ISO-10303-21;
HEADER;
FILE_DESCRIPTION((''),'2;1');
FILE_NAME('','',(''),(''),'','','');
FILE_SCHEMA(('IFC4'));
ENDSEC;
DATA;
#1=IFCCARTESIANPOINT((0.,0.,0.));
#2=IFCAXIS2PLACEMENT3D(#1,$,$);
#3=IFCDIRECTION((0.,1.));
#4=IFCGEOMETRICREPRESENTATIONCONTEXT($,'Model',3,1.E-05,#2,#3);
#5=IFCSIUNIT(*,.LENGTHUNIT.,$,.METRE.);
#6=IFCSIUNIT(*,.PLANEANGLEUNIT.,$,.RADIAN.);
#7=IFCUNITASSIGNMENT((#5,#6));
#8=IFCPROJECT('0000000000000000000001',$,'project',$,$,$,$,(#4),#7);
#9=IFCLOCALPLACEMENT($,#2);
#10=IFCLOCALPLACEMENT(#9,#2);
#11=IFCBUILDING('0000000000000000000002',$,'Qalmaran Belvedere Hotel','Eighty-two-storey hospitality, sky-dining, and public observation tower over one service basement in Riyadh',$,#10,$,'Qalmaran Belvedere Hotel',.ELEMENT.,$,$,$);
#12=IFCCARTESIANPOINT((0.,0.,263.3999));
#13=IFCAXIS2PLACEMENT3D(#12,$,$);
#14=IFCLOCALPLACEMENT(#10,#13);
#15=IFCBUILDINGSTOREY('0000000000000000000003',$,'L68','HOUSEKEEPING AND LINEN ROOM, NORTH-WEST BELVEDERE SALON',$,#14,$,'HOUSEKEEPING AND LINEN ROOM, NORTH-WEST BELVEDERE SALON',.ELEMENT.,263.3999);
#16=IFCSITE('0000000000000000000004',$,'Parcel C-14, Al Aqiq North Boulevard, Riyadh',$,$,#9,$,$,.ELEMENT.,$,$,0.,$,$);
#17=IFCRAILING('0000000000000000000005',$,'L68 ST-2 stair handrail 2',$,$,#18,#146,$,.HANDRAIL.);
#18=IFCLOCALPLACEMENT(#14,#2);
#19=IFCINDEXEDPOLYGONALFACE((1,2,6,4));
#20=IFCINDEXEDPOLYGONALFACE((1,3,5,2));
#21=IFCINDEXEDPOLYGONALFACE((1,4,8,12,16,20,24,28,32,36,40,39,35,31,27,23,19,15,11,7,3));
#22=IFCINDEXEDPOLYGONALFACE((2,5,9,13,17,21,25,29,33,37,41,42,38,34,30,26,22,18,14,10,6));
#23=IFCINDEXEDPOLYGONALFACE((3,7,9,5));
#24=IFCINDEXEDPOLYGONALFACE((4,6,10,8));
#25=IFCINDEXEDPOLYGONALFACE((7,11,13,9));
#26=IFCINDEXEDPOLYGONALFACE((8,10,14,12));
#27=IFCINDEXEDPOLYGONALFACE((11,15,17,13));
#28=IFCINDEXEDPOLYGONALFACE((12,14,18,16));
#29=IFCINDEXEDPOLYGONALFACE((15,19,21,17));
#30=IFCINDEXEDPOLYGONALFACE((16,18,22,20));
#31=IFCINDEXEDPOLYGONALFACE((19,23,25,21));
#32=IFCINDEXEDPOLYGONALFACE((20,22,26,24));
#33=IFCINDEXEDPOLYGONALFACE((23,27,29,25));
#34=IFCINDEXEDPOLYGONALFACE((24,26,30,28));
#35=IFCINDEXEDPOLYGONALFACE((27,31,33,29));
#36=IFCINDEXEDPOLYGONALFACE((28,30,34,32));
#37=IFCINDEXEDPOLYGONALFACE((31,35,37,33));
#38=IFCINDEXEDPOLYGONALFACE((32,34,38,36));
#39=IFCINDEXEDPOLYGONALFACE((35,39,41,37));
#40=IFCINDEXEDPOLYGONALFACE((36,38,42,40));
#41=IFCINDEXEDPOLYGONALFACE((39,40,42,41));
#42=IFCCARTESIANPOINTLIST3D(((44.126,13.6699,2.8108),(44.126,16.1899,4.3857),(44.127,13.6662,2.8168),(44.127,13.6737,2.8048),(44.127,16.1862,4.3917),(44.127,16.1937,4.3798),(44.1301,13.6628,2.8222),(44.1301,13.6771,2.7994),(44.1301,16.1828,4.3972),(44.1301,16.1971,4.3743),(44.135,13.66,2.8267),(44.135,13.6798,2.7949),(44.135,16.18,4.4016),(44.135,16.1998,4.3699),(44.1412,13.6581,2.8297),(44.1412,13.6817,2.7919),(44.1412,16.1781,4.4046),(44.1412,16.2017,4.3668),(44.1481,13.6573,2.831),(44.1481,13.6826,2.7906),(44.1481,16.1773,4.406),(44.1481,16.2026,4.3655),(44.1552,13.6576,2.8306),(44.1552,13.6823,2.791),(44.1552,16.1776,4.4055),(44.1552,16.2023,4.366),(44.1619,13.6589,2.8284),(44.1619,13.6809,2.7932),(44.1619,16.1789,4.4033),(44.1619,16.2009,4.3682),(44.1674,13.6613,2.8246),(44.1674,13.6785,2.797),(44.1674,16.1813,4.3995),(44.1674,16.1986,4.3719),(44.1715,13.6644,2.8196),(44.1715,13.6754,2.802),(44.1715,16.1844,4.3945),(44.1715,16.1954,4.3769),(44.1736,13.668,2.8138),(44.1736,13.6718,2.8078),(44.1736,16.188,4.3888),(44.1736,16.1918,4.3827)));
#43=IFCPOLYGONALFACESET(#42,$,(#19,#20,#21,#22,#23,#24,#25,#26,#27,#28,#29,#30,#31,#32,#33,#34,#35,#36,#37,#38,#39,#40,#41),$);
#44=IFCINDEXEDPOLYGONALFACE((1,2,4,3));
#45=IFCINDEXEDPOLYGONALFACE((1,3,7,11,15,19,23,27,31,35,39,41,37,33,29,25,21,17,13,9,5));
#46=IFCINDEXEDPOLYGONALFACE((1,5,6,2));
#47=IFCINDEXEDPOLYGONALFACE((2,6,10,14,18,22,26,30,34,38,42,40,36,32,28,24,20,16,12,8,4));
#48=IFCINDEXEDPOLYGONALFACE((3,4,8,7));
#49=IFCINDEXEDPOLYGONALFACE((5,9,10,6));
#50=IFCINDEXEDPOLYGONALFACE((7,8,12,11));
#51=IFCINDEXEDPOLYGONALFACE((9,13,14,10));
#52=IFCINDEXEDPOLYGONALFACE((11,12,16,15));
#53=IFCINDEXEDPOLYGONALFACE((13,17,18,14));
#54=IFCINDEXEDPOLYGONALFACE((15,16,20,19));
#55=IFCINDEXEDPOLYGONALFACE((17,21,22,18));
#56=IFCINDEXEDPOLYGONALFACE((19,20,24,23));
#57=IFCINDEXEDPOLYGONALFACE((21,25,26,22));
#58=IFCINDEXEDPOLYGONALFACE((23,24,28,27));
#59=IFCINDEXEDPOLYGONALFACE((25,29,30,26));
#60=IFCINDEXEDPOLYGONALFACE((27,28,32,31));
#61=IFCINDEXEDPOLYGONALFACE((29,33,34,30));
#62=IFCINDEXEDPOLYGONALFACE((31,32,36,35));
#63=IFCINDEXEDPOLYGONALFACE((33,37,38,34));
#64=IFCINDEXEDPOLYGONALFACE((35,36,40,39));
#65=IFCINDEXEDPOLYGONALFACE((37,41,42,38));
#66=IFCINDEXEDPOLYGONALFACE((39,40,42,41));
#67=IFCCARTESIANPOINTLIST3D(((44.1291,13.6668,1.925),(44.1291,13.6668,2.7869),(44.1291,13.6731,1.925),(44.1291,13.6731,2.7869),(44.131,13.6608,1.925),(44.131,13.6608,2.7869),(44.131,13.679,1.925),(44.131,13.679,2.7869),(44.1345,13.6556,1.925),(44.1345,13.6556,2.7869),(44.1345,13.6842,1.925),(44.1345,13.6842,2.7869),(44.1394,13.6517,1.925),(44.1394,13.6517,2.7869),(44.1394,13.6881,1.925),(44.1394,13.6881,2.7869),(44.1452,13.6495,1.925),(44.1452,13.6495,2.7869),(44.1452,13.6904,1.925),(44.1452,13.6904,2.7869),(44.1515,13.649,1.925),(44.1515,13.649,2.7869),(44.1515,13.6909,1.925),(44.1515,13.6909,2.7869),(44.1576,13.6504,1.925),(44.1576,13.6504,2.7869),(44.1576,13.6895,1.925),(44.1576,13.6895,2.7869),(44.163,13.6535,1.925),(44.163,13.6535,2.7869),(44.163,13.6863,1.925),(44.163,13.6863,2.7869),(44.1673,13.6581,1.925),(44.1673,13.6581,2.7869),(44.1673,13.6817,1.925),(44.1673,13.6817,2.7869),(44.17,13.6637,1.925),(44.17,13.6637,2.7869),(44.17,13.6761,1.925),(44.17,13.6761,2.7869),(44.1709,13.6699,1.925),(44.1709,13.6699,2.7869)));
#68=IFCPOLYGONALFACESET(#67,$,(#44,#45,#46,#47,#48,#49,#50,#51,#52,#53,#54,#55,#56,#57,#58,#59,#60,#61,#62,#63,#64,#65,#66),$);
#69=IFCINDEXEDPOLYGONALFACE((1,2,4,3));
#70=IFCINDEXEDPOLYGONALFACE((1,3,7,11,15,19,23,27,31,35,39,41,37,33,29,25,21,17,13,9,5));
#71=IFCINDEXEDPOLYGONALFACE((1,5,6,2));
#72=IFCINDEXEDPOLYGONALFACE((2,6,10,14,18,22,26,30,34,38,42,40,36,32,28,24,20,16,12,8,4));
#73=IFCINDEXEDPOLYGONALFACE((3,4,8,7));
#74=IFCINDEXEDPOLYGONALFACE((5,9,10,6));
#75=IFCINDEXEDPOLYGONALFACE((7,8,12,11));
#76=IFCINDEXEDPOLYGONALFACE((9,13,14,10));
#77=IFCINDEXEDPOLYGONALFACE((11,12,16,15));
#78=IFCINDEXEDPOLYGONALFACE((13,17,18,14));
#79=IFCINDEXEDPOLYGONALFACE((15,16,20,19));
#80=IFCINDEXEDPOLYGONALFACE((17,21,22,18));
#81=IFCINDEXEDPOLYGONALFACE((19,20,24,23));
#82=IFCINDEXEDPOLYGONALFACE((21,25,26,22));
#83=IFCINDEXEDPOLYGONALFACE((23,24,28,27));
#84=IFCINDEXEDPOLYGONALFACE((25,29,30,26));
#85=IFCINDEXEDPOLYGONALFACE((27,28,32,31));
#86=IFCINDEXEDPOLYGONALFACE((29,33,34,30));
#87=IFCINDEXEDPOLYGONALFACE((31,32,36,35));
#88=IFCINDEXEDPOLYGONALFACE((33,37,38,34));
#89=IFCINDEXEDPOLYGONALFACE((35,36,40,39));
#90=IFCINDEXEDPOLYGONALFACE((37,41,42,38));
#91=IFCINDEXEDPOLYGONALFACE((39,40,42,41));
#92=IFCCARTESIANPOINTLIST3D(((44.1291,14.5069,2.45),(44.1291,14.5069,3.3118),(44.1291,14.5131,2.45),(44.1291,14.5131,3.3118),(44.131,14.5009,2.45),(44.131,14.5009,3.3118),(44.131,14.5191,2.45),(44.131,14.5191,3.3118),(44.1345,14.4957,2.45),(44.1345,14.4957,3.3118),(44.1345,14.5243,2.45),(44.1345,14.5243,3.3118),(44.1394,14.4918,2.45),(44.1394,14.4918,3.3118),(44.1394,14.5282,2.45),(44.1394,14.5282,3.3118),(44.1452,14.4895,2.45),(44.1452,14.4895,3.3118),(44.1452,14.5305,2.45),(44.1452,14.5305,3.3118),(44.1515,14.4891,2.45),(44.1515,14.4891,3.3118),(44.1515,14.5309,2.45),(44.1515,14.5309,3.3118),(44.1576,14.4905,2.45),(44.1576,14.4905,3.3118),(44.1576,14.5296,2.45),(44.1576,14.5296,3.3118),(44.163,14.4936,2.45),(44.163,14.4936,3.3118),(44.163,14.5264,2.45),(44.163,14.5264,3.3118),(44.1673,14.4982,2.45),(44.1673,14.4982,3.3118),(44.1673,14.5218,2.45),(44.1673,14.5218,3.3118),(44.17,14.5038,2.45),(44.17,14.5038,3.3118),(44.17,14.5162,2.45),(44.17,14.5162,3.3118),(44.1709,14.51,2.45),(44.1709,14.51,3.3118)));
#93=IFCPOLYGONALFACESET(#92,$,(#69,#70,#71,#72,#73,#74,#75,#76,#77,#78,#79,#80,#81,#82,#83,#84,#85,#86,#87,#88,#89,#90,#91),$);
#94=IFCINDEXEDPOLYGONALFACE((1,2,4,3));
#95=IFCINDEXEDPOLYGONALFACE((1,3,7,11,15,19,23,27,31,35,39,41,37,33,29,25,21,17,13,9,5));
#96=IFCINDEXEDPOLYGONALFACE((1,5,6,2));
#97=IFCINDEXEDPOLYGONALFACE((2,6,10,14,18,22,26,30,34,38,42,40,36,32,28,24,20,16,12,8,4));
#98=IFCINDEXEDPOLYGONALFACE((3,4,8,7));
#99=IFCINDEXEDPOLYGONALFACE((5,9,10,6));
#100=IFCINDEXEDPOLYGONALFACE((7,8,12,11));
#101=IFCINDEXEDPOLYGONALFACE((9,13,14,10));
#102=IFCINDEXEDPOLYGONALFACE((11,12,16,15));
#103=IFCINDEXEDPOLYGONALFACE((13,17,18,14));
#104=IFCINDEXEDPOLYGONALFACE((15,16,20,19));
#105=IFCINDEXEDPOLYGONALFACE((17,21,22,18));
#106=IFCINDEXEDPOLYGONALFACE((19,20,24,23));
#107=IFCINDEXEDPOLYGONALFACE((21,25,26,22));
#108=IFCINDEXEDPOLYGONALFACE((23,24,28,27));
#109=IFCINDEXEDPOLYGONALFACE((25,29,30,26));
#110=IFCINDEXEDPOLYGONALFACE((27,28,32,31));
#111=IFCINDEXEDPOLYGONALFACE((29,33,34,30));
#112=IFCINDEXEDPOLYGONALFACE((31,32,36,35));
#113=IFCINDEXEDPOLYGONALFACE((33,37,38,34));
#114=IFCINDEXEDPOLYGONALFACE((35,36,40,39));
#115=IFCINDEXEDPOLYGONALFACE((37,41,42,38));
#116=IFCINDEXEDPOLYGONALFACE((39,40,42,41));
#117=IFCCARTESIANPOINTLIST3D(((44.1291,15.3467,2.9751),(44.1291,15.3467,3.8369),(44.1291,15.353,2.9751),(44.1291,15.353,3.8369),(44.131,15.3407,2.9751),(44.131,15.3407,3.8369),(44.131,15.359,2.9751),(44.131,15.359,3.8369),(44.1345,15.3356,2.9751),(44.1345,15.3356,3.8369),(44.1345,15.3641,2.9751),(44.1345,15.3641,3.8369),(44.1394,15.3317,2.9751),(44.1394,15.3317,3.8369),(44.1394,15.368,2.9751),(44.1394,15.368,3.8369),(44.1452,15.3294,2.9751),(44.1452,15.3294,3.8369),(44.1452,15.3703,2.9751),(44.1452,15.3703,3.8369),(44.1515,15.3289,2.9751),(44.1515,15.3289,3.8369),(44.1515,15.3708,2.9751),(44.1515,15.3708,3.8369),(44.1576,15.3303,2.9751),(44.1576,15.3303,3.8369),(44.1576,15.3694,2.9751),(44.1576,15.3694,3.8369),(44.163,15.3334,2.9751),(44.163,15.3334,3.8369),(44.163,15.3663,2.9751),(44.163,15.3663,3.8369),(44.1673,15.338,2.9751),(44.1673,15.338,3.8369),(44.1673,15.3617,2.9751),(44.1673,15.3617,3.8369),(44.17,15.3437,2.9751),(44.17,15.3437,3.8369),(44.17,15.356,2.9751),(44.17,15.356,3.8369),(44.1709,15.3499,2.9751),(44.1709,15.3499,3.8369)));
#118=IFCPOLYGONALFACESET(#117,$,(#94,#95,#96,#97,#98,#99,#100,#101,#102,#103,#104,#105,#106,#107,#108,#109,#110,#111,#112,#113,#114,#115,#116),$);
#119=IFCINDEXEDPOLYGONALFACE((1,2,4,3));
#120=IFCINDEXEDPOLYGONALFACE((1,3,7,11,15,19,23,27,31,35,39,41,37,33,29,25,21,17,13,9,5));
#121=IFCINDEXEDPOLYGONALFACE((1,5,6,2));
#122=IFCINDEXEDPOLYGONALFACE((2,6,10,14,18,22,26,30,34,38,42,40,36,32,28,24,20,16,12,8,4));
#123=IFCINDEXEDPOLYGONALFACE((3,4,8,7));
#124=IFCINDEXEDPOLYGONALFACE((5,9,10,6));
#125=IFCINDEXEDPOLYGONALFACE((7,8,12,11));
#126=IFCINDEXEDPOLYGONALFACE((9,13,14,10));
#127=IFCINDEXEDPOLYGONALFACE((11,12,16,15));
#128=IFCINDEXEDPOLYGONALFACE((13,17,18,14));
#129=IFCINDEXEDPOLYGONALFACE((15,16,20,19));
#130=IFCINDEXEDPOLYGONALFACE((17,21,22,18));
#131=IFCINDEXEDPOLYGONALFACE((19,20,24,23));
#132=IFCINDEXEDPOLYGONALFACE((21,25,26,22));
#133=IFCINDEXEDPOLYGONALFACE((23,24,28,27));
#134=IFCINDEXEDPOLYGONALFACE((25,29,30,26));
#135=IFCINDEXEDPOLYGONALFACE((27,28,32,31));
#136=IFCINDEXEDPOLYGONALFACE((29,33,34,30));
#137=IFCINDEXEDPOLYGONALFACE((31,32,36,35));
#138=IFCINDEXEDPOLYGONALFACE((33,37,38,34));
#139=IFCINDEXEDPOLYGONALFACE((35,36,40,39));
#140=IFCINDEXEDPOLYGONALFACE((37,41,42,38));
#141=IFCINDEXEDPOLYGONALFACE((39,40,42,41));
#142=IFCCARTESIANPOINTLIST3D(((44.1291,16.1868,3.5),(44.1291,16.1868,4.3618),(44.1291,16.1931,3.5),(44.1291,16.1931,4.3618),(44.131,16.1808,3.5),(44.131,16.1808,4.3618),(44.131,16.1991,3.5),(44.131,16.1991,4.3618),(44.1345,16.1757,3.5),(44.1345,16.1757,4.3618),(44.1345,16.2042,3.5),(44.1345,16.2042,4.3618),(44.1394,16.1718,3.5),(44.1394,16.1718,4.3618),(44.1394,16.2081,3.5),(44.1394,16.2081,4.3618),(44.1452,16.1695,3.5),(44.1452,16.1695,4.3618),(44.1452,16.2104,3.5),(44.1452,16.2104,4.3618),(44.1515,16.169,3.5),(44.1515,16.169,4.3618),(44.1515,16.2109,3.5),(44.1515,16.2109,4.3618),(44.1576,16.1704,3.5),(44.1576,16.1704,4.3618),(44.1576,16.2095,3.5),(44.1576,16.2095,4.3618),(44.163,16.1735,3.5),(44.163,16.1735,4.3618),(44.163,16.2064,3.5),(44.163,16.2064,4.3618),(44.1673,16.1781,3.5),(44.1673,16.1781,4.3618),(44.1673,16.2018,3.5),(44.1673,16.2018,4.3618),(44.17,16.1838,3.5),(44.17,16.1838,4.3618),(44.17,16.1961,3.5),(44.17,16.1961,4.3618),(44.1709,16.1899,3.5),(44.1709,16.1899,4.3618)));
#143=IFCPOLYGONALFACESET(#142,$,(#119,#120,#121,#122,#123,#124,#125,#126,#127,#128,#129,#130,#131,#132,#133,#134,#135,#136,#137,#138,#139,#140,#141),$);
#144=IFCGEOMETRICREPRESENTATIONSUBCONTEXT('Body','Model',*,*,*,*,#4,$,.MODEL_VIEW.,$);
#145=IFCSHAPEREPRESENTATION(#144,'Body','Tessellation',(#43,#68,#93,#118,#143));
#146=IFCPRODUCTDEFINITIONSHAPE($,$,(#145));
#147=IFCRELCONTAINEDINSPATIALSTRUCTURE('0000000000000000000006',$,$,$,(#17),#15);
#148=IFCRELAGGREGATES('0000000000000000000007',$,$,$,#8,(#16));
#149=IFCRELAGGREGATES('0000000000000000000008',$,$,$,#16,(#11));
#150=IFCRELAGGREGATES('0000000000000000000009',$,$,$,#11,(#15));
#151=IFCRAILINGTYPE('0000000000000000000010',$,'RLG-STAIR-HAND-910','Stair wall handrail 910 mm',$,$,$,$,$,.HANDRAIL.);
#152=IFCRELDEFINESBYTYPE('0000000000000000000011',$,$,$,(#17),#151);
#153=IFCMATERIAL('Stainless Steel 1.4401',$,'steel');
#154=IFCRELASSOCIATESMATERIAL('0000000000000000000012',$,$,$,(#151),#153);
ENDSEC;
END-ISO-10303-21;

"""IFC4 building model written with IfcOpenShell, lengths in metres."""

from ifc_helpers import new_model, si_unit, direction, frame, origin, origin_2d, place, context, subcontext, project, spatial, circle, extrude, material, type_object, element, save


model = new_model("IFC4")

# Units and contexts
model_context = context("Model", 3, precision=1e-05, world=origin(), true_north=direction((0.0, 1.0)))
body_context = subcontext(model_context, "Body", "Model", "MODEL_VIEW")
ifc_project = project(units=[si_unit("LENGTHUNIT", "METRE"), si_unit("PLANEANGLEUNIT", "RADIAN")], contexts=[model_context])

# Site, building, storey
site_placement = place(None, origin())
site = spatial("IfcSite", under=ifc_project, at=site_placement, Name="Parcel C-14, Al Aqiq North Boulevard, Riyadh", CompositionType="ELEMENT", RefElevation=0.0)
building_placement = place(site_placement, origin())
building = spatial("IfcBuilding", under=site, at=building_placement, Name="Qalmaran Belvedere Hotel", Description="Eighty-two-storey hospitality, sky-dining, and public observation tower over one service basement in Riyadh", LongName="Qalmaran Belvedere Hotel", CompositionType="ELEMENT")
storey_placement = place(building_placement, frame((0.0, 0.0, 263.3999)))
storey = spatial("IfcBuildingStorey", under=building, at=storey_placement, Name="L68", Description="HOUSEKEEPING AND LINEN ROOM, NORTH-WEST BELVEDERE SALON", LongName="HOUSEKEEPING AND LINEN ROOM, NORTH-WEST BELVEDERE SALON", CompositionType="ELEMENT", Elevation=263.3999)

# Railing
ifc_material_1 = material(Name="Stainless Steel 1.4401", Category="steel")
railing_type_1 = type_object("IfcRailingType", Name="RLG-STAIR-HAND-910", Description="Stair wall handrail 910 mm", PredefinedType="HANDRAIL", material=ifc_material_1)
railing_1_placement = place(storey_placement, frame((44.1499, 13.6699, 1.925)))
element("IfcRailing", 1, at=railing_1_placement, inside=storey, type_object=railing_type_1, Name="L68 ST-2 stair handrail 2", PredefinedType="HANDRAIL", context=body_context, shape_type="SweptSolid", body=[
    extrude(circle(Radius=0.0239, at=origin_2d()), frame((0.0, 0.0, 0.8857), z_axis=(0.0, 0.848008, 0.529984), x_axis=(-1.0, 0.0, 0.0)), (0.0, 0.0, 1.0), 2.9717),
    extrude(circle(Radius=0.021, at=origin_2d()), origin(), (0.0, 0.0, 1.0), 0.8618),
    extrude(circle(Radius=0.021, at=origin_2d()), frame((0.0, 0.8401, 0.5249)), (0.0, 0.0, 1.0), 0.8618),
    extrude(circle(Radius=0.021, at=origin_2d()), frame((0.0, 1.6799, 1.05)), (0.0, 0.0, 1.0), 0.8618),
    extrude(circle(Radius=0.021, at=origin_2d()), frame((0.0, 2.52, 1.575)), (0.0, 0.0, 1.0), 0.8618),
])

save(model, "model.ifc")
